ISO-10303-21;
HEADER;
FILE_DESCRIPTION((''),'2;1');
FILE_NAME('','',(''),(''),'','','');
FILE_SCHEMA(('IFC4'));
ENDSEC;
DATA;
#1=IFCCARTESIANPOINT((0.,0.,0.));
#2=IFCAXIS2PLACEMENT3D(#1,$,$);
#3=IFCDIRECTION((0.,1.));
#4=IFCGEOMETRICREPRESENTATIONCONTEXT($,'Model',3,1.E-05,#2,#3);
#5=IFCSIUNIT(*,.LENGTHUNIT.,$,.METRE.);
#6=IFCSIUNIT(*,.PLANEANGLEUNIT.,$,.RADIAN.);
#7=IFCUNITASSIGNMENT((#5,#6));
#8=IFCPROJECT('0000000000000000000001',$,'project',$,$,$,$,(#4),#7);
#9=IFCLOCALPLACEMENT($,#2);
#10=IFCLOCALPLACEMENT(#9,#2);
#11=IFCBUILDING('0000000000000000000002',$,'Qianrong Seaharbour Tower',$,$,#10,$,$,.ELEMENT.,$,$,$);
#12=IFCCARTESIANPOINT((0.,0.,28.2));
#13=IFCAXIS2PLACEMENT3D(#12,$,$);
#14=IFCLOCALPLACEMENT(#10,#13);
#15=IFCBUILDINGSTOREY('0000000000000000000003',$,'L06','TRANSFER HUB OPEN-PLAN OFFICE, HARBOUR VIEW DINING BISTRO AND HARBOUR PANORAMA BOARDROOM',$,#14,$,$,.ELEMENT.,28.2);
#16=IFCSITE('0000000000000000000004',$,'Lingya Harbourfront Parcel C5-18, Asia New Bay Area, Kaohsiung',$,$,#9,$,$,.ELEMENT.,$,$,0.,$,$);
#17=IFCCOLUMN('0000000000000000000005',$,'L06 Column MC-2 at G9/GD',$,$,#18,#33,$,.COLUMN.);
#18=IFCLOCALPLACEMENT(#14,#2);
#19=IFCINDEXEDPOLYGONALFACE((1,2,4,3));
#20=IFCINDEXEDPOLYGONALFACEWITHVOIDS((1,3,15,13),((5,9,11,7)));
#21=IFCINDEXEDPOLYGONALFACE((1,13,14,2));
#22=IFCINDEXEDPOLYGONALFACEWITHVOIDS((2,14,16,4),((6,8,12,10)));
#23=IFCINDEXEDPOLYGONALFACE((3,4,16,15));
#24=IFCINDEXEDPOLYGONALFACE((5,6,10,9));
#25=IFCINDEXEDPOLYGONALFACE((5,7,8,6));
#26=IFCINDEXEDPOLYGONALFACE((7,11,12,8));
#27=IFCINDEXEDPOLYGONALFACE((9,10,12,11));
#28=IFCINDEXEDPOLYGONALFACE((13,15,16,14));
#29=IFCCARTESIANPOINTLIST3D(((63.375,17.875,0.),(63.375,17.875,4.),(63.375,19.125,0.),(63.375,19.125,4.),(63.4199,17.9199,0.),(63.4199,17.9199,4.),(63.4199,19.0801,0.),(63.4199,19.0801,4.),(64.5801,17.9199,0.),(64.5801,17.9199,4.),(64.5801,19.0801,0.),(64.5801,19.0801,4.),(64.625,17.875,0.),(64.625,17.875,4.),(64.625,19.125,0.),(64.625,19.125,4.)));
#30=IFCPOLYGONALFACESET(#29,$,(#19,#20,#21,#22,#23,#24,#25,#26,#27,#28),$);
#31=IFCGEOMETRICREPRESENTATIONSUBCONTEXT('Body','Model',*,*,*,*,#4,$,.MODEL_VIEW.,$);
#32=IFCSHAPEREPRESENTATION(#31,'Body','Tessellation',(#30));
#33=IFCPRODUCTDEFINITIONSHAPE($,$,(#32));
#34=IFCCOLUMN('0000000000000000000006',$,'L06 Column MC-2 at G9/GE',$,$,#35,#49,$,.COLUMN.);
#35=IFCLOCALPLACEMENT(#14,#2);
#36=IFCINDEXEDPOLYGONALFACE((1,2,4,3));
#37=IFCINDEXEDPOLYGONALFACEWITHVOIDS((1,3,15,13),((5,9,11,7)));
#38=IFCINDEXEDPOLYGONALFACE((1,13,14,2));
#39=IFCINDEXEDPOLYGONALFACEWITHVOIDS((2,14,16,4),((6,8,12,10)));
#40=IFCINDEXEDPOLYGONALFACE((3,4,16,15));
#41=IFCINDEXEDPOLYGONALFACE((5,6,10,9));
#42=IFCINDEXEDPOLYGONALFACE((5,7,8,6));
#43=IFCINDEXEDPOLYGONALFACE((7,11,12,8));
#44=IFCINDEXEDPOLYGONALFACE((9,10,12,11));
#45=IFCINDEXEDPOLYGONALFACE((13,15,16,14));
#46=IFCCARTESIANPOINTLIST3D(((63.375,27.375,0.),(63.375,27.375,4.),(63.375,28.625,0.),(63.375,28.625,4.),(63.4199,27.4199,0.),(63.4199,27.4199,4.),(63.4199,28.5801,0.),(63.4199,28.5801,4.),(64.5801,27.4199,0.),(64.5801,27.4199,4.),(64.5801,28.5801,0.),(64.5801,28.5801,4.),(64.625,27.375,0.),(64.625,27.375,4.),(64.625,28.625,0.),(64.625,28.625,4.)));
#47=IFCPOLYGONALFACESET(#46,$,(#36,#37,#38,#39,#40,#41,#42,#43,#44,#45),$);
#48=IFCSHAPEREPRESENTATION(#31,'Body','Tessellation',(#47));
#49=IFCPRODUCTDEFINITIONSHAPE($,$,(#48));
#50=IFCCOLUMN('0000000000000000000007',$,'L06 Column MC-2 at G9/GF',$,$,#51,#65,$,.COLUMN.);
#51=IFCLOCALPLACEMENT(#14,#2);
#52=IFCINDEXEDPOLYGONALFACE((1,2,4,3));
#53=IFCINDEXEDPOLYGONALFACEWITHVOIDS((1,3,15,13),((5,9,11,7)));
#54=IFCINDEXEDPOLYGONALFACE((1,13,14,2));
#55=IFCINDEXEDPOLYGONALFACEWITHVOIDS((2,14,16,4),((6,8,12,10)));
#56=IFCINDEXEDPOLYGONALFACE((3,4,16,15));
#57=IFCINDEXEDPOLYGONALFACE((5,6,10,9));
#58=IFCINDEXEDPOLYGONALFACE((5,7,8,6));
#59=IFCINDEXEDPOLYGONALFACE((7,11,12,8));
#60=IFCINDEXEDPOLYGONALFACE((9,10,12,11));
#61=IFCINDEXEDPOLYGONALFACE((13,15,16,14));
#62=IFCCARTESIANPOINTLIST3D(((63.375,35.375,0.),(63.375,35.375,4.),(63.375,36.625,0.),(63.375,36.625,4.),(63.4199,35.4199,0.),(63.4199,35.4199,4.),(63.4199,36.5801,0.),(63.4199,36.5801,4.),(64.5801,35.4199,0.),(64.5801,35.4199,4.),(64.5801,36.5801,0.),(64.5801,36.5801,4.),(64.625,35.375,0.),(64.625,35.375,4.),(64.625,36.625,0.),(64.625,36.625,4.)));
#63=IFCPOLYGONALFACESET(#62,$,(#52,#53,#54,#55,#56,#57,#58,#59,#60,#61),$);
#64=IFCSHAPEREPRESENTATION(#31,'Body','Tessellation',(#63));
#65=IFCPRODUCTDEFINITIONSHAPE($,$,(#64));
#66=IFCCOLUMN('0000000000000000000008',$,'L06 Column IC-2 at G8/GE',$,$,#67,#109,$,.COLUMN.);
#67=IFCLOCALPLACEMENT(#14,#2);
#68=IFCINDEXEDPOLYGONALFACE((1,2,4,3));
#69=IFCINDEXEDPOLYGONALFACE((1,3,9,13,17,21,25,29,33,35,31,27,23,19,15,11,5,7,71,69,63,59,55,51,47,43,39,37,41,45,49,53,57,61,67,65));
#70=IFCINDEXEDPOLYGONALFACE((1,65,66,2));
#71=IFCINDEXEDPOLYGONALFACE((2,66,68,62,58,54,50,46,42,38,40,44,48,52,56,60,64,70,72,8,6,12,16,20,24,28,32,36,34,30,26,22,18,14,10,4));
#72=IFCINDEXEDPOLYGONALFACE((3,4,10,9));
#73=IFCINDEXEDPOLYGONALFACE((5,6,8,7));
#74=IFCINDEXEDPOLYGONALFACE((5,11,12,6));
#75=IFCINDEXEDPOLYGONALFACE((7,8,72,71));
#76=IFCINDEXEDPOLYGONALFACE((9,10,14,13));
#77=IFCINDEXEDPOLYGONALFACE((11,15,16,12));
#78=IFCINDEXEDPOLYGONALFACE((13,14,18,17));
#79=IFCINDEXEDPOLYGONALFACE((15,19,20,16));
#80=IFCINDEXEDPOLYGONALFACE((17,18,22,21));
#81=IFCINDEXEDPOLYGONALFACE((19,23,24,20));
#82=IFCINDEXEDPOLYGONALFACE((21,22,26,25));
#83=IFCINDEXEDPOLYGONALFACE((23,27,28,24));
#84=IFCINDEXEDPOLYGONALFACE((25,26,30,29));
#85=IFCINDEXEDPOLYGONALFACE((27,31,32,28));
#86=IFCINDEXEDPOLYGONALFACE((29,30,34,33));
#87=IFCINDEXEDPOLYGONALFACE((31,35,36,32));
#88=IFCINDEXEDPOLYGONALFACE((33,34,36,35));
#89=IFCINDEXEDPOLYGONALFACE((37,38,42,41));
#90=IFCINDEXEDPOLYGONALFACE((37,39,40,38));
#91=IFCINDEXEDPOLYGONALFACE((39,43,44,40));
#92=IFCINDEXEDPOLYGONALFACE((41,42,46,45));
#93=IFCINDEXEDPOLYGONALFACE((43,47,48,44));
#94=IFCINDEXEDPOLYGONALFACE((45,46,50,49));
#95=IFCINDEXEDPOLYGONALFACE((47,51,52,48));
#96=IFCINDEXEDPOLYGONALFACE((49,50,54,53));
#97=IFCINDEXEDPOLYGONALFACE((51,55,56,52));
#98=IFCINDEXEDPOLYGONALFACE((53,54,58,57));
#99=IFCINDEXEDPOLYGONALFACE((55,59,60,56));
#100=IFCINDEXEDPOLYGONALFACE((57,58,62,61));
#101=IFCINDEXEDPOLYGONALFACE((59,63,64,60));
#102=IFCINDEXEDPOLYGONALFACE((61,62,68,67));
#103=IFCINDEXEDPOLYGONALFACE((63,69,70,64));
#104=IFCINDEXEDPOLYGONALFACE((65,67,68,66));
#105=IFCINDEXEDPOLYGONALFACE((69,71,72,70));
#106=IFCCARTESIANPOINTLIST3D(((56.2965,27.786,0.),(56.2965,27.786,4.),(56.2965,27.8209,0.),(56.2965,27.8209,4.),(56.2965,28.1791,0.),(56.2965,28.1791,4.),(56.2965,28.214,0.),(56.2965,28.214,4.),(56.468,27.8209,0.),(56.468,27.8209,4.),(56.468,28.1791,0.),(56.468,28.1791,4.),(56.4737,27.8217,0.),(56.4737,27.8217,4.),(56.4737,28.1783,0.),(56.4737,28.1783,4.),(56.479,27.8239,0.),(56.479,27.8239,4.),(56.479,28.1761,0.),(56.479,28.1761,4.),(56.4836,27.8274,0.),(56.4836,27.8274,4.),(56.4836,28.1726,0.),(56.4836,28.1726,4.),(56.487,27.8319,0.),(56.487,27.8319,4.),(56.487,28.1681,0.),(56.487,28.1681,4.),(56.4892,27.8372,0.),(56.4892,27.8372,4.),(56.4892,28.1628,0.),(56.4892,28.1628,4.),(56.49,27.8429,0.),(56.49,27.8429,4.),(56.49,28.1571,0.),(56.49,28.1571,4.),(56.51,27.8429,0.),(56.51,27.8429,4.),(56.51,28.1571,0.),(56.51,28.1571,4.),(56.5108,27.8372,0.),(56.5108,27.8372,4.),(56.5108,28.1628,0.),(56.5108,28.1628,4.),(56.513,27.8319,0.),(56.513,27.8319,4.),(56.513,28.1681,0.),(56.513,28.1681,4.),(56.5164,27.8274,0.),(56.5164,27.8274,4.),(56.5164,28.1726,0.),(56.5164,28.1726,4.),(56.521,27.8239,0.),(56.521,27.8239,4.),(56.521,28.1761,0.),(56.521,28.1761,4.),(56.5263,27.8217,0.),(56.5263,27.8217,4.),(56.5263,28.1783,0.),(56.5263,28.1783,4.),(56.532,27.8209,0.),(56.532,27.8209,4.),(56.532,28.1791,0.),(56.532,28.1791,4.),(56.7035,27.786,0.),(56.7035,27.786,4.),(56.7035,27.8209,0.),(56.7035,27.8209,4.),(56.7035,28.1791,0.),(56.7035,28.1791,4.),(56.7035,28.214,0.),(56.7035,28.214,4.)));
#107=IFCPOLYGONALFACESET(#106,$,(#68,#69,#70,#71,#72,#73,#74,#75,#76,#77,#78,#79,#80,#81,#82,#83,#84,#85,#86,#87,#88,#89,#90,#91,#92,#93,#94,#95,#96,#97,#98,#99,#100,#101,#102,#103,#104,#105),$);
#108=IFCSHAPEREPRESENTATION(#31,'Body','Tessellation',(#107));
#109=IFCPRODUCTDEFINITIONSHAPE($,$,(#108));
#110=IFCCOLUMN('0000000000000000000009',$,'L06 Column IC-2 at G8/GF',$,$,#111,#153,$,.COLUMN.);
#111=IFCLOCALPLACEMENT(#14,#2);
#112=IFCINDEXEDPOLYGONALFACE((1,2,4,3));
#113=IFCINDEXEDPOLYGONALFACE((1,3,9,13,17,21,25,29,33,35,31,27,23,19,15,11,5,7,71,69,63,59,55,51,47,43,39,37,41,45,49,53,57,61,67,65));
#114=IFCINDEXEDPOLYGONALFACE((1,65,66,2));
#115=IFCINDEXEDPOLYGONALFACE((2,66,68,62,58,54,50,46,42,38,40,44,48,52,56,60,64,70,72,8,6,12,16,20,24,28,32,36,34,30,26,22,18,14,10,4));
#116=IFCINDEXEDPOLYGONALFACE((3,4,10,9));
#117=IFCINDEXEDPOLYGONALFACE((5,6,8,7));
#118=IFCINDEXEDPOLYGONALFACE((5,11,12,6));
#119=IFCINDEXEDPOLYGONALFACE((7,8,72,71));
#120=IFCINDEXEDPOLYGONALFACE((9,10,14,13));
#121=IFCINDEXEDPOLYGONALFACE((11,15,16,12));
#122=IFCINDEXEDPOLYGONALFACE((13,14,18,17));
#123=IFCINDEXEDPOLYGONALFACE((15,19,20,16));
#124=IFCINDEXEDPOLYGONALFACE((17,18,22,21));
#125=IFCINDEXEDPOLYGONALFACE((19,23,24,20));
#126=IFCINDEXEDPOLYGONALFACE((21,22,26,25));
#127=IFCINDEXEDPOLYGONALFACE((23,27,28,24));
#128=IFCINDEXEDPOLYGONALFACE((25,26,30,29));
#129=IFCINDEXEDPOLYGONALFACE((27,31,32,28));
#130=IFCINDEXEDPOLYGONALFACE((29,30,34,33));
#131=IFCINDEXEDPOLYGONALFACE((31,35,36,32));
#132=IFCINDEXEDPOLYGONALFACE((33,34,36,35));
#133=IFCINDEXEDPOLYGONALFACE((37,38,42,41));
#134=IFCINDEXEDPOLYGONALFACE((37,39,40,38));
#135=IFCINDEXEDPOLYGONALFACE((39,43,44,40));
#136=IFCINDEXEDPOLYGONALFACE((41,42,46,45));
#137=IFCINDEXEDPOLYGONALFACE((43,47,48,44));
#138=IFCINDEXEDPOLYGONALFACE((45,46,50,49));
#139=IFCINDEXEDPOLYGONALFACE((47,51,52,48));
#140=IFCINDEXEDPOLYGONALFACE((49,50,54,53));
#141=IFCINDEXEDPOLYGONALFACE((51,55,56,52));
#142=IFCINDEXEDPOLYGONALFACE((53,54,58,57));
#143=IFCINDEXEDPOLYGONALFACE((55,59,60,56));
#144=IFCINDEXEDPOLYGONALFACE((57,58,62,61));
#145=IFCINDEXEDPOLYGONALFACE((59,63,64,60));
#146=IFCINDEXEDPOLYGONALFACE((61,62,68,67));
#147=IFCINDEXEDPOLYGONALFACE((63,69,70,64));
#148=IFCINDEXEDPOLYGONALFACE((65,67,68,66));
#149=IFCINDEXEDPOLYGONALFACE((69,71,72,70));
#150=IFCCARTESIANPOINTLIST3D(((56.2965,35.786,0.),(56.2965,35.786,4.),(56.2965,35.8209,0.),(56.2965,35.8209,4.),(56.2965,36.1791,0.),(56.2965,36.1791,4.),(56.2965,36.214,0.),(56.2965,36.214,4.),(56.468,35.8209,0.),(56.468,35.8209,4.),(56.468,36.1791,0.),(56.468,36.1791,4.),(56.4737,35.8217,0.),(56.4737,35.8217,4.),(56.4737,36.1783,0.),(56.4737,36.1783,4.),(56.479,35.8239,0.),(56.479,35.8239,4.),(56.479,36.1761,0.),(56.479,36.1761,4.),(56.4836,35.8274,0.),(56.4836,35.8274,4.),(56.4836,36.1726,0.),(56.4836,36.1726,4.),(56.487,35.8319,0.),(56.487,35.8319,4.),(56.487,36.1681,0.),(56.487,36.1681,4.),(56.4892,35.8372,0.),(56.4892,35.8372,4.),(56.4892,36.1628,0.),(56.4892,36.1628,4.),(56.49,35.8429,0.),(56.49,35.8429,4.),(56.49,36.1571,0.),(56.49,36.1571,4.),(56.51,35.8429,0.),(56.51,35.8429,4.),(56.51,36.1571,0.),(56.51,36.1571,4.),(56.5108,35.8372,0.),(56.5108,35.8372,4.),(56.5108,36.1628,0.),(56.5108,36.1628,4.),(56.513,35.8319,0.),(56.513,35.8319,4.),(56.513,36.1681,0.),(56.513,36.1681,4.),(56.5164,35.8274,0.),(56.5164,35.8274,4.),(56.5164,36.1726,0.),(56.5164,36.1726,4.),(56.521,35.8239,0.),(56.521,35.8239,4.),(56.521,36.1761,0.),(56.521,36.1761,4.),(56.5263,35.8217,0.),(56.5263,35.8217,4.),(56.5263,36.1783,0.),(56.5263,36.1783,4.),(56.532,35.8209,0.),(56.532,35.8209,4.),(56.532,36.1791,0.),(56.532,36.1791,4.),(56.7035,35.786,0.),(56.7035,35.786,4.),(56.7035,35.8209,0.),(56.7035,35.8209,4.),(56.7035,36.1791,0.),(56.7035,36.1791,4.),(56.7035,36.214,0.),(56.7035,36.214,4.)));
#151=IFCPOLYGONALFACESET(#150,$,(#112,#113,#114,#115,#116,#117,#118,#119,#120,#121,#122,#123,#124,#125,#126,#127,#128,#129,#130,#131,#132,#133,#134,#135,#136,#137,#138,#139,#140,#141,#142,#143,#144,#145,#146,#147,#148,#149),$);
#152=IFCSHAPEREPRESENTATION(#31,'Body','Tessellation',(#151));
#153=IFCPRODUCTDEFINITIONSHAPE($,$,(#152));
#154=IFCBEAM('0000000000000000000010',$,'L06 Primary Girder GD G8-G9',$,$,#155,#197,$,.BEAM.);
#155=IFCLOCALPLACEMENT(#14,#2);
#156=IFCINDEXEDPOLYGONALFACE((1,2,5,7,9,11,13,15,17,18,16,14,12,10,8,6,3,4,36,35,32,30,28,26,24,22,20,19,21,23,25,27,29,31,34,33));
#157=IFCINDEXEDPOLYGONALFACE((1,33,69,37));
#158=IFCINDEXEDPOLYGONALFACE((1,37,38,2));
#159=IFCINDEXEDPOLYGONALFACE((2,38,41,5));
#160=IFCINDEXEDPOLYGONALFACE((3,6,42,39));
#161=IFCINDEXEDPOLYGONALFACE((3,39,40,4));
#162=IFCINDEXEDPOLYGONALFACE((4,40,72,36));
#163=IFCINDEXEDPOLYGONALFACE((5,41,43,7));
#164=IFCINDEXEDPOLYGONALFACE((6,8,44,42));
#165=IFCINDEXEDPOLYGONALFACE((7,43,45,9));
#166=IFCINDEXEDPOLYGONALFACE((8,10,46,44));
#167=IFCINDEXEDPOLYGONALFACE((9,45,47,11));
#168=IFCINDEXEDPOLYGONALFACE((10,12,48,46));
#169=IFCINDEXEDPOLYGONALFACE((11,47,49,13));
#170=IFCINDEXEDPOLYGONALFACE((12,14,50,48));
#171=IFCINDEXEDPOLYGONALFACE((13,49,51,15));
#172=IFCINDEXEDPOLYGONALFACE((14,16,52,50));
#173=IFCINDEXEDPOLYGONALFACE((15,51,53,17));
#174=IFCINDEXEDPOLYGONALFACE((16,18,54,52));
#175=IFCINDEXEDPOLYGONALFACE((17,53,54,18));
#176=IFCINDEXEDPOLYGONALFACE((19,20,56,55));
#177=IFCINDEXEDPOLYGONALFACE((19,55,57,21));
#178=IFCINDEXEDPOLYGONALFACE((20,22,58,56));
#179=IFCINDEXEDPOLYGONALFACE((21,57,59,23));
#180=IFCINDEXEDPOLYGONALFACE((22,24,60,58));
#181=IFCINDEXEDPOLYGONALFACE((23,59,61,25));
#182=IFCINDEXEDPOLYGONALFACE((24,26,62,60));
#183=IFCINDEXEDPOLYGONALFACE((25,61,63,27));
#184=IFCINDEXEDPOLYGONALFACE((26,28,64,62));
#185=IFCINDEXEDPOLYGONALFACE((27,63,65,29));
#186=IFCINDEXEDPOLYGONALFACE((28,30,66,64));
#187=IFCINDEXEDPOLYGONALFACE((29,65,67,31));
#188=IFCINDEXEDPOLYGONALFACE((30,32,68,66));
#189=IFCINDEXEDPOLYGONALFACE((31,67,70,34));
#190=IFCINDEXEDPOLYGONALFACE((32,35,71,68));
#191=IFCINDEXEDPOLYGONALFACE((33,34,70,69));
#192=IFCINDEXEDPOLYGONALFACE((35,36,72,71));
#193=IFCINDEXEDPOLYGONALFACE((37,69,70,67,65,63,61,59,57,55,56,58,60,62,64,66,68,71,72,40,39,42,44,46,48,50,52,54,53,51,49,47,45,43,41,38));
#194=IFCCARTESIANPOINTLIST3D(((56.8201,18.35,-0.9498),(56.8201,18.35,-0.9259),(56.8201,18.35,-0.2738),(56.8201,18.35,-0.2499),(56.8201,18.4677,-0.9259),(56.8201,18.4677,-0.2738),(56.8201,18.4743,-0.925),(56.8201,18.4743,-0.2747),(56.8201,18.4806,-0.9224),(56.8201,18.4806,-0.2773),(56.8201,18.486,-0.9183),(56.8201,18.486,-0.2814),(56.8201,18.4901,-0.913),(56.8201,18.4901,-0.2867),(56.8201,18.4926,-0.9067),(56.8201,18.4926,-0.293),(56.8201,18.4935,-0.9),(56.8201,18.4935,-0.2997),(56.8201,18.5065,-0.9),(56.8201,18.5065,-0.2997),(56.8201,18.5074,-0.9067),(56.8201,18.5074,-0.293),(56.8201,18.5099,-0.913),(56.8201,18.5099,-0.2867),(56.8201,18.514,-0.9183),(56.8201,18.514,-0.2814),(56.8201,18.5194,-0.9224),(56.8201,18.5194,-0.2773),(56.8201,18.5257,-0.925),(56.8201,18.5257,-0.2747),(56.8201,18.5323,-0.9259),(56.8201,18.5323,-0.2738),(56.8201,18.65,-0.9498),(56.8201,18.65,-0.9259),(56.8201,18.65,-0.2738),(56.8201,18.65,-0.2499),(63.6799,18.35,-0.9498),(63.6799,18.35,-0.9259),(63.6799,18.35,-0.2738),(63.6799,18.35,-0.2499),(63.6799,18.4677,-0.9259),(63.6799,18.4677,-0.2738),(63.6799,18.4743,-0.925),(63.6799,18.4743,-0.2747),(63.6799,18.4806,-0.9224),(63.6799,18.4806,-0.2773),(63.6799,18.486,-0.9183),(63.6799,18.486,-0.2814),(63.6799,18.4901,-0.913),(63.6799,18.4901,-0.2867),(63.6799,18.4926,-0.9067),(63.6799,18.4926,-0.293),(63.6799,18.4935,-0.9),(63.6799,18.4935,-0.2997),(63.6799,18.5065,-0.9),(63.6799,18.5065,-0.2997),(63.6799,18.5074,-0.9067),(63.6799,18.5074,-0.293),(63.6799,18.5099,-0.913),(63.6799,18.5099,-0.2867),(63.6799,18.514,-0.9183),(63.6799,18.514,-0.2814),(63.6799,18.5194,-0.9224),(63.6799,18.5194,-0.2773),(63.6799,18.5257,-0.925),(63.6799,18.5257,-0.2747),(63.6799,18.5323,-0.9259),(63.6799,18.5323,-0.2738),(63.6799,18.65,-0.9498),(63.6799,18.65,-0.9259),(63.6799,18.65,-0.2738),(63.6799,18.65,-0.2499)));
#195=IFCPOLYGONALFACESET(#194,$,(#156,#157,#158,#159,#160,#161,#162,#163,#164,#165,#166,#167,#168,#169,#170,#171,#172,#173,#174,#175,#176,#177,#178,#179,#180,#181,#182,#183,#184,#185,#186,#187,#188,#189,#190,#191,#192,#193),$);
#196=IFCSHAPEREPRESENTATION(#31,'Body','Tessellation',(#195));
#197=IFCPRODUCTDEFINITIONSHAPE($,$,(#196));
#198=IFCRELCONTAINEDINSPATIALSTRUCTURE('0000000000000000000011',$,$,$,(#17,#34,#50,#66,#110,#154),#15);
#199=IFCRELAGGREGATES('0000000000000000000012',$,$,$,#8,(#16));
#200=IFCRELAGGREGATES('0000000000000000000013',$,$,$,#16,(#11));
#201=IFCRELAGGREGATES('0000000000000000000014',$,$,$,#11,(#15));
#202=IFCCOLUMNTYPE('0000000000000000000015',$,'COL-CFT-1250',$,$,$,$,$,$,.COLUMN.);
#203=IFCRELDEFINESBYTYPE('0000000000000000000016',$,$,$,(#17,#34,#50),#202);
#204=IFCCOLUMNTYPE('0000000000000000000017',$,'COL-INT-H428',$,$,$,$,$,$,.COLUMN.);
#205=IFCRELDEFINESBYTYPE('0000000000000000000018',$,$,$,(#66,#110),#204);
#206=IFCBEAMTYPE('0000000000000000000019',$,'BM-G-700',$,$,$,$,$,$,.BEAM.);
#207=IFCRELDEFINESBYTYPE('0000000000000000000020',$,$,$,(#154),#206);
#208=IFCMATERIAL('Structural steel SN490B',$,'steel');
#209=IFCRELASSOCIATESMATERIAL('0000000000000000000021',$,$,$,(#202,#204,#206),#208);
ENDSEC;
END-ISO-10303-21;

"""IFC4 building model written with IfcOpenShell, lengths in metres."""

from ifc_helpers import new_model, si_unit, direction, frame, origin, origin_2d, place, context, subcontext, project, spatial, hollow_rectangle, i_section, extrude, material, material_profile, profile_set, type_object, element, save


model = new_model("IFC4")

# Units and contexts
model_context = context("Model", 3, precision=1e-05, world=origin(), true_north=direction((0.0, 1.0)))
body_context = subcontext(model_context, "Body", "Model", "MODEL_VIEW")
ifc_project = project(units=[si_unit("LENGTHUNIT", "METRE"), si_unit("PLANEANGLEUNIT", "RADIAN")], contexts=[model_context])

# Site, building, storey
site_placement = place(None, origin())
site = spatial("IfcSite", under=ifc_project, at=site_placement, Name="Lingya Harbourfront Parcel C5-18, Asia New Bay Area, Kaohsiung", CompositionType="ELEMENT", RefElevation=0.0)
building_placement = place(site_placement, origin())
building = spatial("IfcBuilding", under=site, at=building_placement, Name="Qianrong Seaharbour Tower", CompositionType="ELEMENT")
storey_placement = place(building_placement, frame((0.0, 0.0, 28.2)))
storey = spatial("IfcBuildingStorey", under=building, at=storey_placement, Name="L06", Description="TRANSFER HUB OPEN-PLAN OFFICE, HARBOUR VIEW DINING BISTRO AND HARBOUR PANORAMA BOARDROOM", CompositionType="ELEMENT", Elevation=28.2)

# Columns
ifc_material_1 = material(Name="Structural steel SN490B", Category="steel")
ifc_material_profile_1 = material_profile(ifc_material_1, hollow_rectangle(XDim=1.25, YDim=1.25, WallThickness=0.0449, at=origin_2d()), Name="BOX1250x1250x45")
ifc_profile_set_1 = profile_set([ifc_material_profile_1], Name="Structural steel SN490B")
column_type_1 = type_object("IfcColumnType", Name="COL-CFT-1250", PredefinedType="COLUMN", material=ifc_profile_set_1)
for number, where, z_axis, x_axis, name in (
    (1, (64.0, 18.5, 0.0), (0.0, 0.0, 1.0), (1.0, 0.0, 0.0), "L06 Column MC-2 at G9/GD"),
    (2, (64.0, 28.0, 0.0), (0.0, 0.0, 1.0), (1.0, 0.0, 0.0), "L06 Column MC-2 at G9/GE"),
    (3, (64.0, 36.0, 0.0), (0.0, 0.0, 1.0), (1.0, 0.0, 0.0), "L06 Column MC-2 at G9/GF"),
):
    element("IfcColumn", number, at=place(storey_placement, frame(where, z_axis=z_axis, x_axis=x_axis)), inside=storey, type_object=column_type_1, Name=name, PredefinedType="COLUMN", context=body_context, shape_type="SweptSolid", body=[
        extrude(hollow_rectangle(XDim=1.25, YDim=1.25, WallThickness=0.0449, at=origin_2d()), origin(), (0.0, 0.0, 1.0), 4.0),
    ])
ifc_material_profile_2 = material_profile(ifc_material_1, i_section(OverallWidth=0.407, OverallDepth=0.428, WebThickness=0.02, FlangeThickness=0.0349, FilletRadius=0.022, at=origin_2d()), Name="H428x407x20x35")
ifc_profile_set_2 = profile_set([ifc_material_profile_2], Name="Structural steel SN490B")
column_type_2 = type_object("IfcColumnType", Name="COL-INT-H428", PredefinedType="COLUMN", material=ifc_profile_set_2)
for number, where, z_axis, x_axis, name in (
    (4, (56.5, 28.0, 0.0), (0.0, 0.0, 1.0), (1.0, 0.0, 0.0), "L06 Column IC-2 at G8/GE"),
    (5, (56.5, 36.0, 0.0), (0.0, 0.0, 1.0), (1.0, 0.0, 0.0), "L06 Column IC-2 at G8/GF"),
):
    element("IfcColumn", number, at=place(storey_placement, frame(where, z_axis=z_axis, x_axis=x_axis)), inside=storey, type_object=column_type_2, Name=name, PredefinedType="COLUMN", context=body_context, shape_type="SweptSolid", body=[
        extrude(i_section(OverallWidth=0.407, OverallDepth=0.428, WebThickness=0.02, FlangeThickness=0.0349, FilletRadius=0.022, at=origin_2d()), origin(), (0.0, 0.0, 1.0), 4.0),
    ])

# Beam
ifc_material_profile_3 = material_profile(ifc_material_1, i_section(OverallWidth=0.3, OverallDepth=0.7, WebThickness=0.0129, FlangeThickness=0.0239, FilletRadius=0.0259, at=origin_2d()), Name="H700x300x13x24")
ifc_profile_set_3 = profile_set([ifc_material_profile_3], Name="Structural steel SN490B")
beam_type_1 = type_object("IfcBeamType", Name="BM-G-700", PredefinedType="BEAM", material=ifc_profile_set_3)
for number, where, z_axis, x_axis, name in (
    (6, (56.8201, 18.5, -0.5999), (1.0, 0.0, 0.0), (0.0, 1.0, 0.0), "L06 Primary Girder GD G8-G9"),
):
    element("IfcBeam", number, at=place(storey_placement, frame(where, z_axis=z_axis, x_axis=x_axis)), inside=storey, type_object=beam_type_1, Name=name, PredefinedType="BEAM", context=body_context, shape_type="SweptSolid", body=[
        extrude(i_section(OverallWidth=0.3, OverallDepth=0.7, WebThickness=0.0129, FlangeThickness=0.0239, FilletRadius=0.0259, at=origin_2d()), origin(), (0.0, 0.0, 1.0), 6.8599),
    ])

save(model, "model.ifc")
